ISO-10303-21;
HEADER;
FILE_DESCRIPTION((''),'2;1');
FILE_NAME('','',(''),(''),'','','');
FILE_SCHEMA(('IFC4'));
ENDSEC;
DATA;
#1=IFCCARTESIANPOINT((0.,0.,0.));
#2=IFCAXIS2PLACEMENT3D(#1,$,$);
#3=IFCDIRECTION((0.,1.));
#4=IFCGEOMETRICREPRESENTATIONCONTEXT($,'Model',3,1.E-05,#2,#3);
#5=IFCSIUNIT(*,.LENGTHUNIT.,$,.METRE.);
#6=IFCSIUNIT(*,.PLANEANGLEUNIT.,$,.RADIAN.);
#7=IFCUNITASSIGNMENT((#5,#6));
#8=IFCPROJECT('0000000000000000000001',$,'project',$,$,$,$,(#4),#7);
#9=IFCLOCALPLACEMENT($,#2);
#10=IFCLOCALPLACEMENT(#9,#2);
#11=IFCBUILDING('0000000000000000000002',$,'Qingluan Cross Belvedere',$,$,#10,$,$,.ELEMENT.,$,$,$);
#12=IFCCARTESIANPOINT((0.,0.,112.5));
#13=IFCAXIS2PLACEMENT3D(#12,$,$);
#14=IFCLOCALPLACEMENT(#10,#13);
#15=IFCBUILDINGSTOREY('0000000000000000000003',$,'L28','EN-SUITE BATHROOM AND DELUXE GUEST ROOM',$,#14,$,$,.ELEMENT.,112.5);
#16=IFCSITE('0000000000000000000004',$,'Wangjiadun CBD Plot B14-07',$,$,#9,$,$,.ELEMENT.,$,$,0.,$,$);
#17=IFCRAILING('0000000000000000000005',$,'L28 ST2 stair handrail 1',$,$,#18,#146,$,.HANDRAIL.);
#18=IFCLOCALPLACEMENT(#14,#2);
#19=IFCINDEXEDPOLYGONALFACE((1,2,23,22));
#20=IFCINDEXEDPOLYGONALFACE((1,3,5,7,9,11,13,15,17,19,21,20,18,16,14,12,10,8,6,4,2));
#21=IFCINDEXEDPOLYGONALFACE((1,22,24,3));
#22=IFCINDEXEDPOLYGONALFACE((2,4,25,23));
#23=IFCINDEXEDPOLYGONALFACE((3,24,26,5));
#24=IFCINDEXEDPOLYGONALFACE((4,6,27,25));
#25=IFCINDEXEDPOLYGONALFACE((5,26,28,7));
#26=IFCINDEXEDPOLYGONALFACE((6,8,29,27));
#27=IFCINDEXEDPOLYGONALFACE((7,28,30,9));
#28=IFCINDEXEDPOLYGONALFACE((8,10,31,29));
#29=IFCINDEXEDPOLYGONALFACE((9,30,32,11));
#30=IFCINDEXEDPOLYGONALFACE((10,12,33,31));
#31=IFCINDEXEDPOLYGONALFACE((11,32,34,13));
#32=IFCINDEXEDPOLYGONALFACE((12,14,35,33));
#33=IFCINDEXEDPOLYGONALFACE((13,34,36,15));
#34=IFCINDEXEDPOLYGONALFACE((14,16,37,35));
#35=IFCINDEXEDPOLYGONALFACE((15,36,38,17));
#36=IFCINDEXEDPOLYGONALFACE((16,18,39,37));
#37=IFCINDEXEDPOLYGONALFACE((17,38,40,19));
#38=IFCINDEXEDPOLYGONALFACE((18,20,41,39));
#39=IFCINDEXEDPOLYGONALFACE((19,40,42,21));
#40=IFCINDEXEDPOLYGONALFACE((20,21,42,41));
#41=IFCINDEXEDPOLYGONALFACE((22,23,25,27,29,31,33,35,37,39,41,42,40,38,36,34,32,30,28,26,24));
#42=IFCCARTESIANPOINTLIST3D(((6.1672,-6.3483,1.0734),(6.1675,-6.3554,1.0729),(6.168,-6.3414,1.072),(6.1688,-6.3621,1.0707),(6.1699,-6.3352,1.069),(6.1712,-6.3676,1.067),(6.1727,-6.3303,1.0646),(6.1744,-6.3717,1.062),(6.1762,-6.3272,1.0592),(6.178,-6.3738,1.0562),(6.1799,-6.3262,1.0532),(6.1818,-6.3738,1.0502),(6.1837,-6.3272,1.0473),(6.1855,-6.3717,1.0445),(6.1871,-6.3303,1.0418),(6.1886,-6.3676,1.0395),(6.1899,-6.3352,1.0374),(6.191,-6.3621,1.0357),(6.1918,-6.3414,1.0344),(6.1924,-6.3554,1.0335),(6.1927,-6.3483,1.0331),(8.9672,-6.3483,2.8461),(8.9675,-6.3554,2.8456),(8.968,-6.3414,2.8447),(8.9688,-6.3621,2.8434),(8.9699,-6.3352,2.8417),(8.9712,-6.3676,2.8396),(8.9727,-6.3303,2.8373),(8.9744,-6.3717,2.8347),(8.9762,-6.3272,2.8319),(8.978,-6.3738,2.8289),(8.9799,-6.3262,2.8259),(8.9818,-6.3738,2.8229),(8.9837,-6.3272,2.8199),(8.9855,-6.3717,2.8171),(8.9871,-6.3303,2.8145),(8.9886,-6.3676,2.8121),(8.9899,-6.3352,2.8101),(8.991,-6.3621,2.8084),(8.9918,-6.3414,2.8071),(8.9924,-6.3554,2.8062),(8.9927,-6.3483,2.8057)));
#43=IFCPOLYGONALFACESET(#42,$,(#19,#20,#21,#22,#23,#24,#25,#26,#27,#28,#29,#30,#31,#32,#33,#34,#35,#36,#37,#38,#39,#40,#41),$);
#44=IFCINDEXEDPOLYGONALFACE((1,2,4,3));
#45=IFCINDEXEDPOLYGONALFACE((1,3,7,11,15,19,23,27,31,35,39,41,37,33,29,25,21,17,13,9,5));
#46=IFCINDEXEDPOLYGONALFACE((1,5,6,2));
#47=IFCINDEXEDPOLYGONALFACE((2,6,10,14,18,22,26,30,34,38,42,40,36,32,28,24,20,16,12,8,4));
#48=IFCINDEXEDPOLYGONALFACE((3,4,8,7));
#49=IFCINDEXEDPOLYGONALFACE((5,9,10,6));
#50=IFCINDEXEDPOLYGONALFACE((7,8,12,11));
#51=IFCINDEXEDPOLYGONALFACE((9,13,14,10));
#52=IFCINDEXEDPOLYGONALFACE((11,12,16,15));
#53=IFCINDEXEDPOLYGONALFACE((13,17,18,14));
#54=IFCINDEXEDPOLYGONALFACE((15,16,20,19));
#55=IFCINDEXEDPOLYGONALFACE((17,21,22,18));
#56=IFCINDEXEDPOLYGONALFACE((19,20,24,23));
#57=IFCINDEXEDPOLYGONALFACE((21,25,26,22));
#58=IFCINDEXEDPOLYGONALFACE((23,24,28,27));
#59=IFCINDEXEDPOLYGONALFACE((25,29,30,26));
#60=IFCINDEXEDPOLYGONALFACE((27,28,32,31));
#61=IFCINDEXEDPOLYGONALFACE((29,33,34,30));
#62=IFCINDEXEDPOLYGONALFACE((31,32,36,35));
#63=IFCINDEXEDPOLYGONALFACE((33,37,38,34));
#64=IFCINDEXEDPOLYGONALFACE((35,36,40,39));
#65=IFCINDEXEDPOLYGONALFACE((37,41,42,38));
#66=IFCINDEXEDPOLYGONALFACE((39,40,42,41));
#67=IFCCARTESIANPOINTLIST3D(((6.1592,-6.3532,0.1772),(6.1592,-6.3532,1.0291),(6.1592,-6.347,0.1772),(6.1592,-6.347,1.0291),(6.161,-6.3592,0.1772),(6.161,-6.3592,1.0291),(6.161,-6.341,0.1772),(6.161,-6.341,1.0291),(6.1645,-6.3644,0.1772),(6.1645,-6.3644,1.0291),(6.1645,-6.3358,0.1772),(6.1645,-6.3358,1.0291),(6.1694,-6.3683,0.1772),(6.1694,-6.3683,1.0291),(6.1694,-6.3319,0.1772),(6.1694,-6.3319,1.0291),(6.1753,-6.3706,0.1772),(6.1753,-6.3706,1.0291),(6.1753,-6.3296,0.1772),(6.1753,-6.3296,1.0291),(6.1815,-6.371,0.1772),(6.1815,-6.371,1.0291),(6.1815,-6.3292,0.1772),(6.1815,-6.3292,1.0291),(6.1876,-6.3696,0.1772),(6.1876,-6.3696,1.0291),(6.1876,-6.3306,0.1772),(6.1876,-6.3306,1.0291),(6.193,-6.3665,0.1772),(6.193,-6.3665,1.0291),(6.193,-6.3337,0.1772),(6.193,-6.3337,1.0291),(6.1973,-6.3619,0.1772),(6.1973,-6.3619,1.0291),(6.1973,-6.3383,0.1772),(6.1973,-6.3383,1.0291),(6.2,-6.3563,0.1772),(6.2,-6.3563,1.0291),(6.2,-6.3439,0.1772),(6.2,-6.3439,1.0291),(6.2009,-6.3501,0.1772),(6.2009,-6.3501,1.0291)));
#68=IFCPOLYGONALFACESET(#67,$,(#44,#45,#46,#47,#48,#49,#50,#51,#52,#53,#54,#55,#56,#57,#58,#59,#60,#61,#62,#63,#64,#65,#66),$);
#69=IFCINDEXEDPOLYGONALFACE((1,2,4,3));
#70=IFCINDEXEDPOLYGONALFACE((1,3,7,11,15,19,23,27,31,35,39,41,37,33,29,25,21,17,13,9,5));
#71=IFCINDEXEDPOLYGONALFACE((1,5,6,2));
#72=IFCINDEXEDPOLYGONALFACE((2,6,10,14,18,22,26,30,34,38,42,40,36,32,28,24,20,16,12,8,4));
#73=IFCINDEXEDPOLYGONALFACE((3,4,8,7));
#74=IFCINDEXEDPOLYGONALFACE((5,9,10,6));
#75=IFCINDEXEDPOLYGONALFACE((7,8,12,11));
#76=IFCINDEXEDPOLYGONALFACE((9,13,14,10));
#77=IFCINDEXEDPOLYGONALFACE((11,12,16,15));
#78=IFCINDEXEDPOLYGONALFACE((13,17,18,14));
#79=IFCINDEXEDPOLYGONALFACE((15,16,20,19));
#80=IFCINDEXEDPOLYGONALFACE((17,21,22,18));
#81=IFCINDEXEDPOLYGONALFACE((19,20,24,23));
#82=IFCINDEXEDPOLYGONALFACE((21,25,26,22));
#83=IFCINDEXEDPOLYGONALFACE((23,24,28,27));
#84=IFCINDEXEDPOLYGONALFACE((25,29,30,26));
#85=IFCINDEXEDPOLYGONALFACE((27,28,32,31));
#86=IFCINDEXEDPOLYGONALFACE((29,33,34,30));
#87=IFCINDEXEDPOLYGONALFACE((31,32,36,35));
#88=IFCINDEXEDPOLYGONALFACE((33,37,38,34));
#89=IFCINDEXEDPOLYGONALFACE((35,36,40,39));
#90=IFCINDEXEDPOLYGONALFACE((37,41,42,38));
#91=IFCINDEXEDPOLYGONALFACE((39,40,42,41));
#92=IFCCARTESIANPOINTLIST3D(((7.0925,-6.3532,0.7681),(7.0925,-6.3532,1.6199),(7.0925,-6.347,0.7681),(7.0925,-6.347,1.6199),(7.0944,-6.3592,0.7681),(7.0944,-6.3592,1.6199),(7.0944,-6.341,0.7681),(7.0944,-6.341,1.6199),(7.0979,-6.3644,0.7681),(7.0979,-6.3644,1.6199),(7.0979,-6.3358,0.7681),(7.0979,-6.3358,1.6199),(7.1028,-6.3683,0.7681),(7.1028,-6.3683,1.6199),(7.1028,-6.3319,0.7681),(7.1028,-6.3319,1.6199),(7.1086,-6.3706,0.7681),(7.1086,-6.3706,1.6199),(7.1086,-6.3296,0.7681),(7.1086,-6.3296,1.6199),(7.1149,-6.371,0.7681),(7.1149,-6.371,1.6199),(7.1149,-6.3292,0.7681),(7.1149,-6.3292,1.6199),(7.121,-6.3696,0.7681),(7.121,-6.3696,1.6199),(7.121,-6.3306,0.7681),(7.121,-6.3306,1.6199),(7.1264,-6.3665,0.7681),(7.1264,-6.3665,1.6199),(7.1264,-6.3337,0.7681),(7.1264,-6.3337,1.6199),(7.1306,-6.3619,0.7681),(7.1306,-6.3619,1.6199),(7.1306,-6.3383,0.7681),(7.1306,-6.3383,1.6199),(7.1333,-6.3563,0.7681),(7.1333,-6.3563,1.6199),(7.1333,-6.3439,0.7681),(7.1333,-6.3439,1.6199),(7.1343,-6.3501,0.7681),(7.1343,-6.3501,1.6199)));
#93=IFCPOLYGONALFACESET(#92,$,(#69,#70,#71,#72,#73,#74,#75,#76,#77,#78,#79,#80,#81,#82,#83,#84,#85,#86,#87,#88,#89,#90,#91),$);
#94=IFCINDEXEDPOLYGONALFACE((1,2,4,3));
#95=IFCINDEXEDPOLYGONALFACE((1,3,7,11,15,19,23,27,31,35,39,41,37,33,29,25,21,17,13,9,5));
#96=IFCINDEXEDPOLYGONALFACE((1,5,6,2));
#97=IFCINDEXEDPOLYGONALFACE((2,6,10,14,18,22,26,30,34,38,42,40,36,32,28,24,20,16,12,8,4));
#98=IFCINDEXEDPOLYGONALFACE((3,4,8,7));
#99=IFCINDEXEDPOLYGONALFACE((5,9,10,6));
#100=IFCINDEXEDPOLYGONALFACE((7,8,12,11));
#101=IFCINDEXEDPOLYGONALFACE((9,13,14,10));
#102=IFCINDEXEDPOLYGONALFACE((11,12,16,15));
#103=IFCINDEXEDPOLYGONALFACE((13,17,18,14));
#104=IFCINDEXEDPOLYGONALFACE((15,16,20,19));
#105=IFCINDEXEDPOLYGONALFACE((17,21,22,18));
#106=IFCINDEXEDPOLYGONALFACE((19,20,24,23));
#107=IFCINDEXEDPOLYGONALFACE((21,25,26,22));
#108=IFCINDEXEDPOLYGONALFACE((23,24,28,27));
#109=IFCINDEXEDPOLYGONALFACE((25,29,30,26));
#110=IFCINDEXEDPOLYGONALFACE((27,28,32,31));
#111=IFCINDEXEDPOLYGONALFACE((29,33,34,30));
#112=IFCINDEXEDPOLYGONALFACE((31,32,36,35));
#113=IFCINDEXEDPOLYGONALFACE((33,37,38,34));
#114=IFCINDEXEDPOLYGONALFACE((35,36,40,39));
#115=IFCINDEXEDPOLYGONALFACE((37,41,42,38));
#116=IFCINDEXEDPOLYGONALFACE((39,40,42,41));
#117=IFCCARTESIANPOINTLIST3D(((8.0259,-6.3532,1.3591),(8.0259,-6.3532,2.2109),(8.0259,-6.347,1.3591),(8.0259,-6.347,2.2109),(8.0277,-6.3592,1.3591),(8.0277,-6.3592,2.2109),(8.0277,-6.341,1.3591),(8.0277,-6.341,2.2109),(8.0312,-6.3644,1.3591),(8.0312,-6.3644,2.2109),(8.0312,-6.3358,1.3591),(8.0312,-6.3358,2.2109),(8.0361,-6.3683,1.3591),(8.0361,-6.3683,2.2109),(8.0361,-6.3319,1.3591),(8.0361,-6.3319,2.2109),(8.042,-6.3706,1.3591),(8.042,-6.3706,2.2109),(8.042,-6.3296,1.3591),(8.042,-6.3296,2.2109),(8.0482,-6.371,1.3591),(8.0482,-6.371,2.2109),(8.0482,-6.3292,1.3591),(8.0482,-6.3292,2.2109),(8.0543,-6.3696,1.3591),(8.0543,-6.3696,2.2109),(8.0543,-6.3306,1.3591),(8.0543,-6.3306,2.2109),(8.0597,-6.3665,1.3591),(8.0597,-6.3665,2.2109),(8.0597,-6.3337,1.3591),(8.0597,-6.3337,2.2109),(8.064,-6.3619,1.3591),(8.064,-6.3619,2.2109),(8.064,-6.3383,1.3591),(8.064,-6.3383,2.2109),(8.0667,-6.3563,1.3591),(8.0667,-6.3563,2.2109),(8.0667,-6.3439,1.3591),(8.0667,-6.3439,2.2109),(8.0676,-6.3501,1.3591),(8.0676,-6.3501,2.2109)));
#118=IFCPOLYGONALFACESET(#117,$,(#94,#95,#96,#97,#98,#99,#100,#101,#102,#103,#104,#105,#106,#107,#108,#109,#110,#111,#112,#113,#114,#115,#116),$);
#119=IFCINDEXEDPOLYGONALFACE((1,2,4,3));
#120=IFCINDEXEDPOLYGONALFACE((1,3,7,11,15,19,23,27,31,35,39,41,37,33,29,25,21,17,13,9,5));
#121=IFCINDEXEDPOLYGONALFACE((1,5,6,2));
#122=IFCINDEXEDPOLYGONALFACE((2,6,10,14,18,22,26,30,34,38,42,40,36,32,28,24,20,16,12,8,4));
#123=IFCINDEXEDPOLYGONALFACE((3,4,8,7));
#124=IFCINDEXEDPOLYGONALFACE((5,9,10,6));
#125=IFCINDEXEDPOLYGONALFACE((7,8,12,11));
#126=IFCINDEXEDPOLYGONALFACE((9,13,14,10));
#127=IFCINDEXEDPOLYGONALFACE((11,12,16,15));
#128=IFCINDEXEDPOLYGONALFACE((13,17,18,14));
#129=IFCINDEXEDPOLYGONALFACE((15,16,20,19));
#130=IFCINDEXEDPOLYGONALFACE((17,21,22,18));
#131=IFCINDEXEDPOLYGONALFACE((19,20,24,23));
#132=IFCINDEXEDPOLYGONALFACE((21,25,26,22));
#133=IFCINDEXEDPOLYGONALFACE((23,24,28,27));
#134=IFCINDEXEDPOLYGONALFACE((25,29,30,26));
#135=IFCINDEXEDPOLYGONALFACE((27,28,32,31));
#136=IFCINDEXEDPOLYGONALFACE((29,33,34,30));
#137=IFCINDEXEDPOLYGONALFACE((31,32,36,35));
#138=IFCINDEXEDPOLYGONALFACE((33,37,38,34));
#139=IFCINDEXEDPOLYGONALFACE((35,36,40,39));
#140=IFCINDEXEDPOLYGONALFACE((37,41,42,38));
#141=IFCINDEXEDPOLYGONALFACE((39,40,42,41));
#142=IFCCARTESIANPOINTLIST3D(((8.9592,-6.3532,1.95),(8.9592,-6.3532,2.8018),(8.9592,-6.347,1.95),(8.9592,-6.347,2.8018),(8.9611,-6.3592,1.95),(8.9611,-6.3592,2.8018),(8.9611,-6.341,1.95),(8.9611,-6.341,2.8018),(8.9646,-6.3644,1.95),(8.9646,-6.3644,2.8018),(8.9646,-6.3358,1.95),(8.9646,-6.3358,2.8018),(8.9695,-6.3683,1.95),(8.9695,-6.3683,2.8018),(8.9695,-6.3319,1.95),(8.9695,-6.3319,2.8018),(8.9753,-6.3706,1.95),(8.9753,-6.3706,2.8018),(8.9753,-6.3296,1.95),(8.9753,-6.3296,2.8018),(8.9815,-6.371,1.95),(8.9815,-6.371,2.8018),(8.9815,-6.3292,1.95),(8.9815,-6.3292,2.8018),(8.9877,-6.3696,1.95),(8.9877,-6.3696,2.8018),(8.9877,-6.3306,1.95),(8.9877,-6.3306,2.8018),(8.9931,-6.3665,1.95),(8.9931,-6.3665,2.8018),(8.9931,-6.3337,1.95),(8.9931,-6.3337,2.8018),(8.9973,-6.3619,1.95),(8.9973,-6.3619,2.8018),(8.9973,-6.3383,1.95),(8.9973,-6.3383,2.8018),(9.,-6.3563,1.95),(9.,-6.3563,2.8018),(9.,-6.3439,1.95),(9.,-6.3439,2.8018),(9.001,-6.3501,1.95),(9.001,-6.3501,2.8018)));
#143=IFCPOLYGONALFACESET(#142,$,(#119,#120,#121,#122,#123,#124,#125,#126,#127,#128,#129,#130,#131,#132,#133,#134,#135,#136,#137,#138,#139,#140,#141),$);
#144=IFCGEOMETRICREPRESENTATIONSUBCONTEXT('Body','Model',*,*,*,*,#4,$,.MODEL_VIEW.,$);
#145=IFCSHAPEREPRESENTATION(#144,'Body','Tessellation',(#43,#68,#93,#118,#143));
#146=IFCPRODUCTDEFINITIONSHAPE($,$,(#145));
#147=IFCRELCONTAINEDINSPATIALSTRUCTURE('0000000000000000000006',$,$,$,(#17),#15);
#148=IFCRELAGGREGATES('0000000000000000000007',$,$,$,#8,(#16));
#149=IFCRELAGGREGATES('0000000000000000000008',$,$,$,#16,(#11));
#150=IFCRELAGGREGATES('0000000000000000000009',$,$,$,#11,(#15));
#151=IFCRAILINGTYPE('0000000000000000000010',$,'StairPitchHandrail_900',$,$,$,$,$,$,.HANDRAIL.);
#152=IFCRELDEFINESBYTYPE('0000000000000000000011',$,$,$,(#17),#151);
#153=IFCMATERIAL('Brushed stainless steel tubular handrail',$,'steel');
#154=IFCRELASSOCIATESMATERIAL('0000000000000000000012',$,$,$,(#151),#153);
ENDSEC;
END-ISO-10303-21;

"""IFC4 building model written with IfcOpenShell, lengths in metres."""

from ifc_helpers import new_model, si_unit, direction, frame, origin, origin_2d, place, context, subcontext, project, spatial, circle, extrude, material, type_object, element, save


model = new_model("IFC4")

# Units and contexts
model_context = context("Model", 3, precision=1e-05, world=origin(), true_north=direction((0.0, 1.0)))
body_context = subcontext(model_context, "Body", "Model", "MODEL_VIEW")
ifc_project = project(units=[si_unit("LENGTHUNIT", "METRE"), si_unit("PLANEANGLEUNIT", "RADIAN")], contexts=[model_context])

# Site, building, storey
site_placement = place(None, origin())
site = spatial("IfcSite", under=ifc_project, at=site_placement, Name="Wangjiadun CBD Plot B14-07", CompositionType="ELEMENT", RefElevation=0.0)
building_placement = place(site_placement, origin())
building = spatial("IfcBuilding", under=site, at=building_placement, Name="Qingluan Cross Belvedere", CompositionType="ELEMENT")
storey_placement = place(building_placement, frame((0.0, 0.0, 112.5)))
storey = spatial("IfcBuildingStorey", under=building, at=storey_placement, Name="L28", Description="EN-SUITE BATHROOM AND DELUXE GUEST ROOM", CompositionType="ELEMENT", Elevation=112.5)

# Railing
ifc_material_1 = material(Name="Brushed stainless steel tubular handrail", Category="steel")
railing_type_1 = type_object("IfcRailingType", Name="StairPitchHandrail_900", PredefinedType="HANDRAIL", material=ifc_material_1)
railing_1_placement = place(storey_placement, frame((6.1799, -6.3501, 0.1772)))
element("IfcRailing", 1, at=railing_1_placement, inside=storey, type_object=railing_type_1, Name="L28 ST2 stair handrail 1", PredefinedType="HANDRAIL", context=body_context, shape_type="SweptSolid", body=[
    extrude(circle(Radius=0.0239, at=origin_2d()), frame((0.0, 0.0, 0.876), z_axis=(0.844909, 0.0, 0.53491), x_axis=(0.0, 1.0, 0.0)), (0.0, 0.0, 1.0), 3.314),
    extrude(circle(Radius=0.021, at=origin_2d()), origin(), (0.0, 0.0, 1.0), 0.8518),
    extrude(circle(Radius=0.021, at=origin_2d()), frame((0.9333, 0.0, 0.5908)), (0.0, 0.0, 1.0), 0.8518),
    extrude(circle(Radius=0.021, at=origin_2d()), frame((1.8667, 0.0, 1.1819)), (0.0, 0.0, 1.0), 0.8518),
    extrude(circle(Radius=0.021, at=origin_2d()), frame((2.8, 0.0, 1.7727)), (0.0, 0.0, 1.0), 0.8518),
])

save(model, "model.ifc")
